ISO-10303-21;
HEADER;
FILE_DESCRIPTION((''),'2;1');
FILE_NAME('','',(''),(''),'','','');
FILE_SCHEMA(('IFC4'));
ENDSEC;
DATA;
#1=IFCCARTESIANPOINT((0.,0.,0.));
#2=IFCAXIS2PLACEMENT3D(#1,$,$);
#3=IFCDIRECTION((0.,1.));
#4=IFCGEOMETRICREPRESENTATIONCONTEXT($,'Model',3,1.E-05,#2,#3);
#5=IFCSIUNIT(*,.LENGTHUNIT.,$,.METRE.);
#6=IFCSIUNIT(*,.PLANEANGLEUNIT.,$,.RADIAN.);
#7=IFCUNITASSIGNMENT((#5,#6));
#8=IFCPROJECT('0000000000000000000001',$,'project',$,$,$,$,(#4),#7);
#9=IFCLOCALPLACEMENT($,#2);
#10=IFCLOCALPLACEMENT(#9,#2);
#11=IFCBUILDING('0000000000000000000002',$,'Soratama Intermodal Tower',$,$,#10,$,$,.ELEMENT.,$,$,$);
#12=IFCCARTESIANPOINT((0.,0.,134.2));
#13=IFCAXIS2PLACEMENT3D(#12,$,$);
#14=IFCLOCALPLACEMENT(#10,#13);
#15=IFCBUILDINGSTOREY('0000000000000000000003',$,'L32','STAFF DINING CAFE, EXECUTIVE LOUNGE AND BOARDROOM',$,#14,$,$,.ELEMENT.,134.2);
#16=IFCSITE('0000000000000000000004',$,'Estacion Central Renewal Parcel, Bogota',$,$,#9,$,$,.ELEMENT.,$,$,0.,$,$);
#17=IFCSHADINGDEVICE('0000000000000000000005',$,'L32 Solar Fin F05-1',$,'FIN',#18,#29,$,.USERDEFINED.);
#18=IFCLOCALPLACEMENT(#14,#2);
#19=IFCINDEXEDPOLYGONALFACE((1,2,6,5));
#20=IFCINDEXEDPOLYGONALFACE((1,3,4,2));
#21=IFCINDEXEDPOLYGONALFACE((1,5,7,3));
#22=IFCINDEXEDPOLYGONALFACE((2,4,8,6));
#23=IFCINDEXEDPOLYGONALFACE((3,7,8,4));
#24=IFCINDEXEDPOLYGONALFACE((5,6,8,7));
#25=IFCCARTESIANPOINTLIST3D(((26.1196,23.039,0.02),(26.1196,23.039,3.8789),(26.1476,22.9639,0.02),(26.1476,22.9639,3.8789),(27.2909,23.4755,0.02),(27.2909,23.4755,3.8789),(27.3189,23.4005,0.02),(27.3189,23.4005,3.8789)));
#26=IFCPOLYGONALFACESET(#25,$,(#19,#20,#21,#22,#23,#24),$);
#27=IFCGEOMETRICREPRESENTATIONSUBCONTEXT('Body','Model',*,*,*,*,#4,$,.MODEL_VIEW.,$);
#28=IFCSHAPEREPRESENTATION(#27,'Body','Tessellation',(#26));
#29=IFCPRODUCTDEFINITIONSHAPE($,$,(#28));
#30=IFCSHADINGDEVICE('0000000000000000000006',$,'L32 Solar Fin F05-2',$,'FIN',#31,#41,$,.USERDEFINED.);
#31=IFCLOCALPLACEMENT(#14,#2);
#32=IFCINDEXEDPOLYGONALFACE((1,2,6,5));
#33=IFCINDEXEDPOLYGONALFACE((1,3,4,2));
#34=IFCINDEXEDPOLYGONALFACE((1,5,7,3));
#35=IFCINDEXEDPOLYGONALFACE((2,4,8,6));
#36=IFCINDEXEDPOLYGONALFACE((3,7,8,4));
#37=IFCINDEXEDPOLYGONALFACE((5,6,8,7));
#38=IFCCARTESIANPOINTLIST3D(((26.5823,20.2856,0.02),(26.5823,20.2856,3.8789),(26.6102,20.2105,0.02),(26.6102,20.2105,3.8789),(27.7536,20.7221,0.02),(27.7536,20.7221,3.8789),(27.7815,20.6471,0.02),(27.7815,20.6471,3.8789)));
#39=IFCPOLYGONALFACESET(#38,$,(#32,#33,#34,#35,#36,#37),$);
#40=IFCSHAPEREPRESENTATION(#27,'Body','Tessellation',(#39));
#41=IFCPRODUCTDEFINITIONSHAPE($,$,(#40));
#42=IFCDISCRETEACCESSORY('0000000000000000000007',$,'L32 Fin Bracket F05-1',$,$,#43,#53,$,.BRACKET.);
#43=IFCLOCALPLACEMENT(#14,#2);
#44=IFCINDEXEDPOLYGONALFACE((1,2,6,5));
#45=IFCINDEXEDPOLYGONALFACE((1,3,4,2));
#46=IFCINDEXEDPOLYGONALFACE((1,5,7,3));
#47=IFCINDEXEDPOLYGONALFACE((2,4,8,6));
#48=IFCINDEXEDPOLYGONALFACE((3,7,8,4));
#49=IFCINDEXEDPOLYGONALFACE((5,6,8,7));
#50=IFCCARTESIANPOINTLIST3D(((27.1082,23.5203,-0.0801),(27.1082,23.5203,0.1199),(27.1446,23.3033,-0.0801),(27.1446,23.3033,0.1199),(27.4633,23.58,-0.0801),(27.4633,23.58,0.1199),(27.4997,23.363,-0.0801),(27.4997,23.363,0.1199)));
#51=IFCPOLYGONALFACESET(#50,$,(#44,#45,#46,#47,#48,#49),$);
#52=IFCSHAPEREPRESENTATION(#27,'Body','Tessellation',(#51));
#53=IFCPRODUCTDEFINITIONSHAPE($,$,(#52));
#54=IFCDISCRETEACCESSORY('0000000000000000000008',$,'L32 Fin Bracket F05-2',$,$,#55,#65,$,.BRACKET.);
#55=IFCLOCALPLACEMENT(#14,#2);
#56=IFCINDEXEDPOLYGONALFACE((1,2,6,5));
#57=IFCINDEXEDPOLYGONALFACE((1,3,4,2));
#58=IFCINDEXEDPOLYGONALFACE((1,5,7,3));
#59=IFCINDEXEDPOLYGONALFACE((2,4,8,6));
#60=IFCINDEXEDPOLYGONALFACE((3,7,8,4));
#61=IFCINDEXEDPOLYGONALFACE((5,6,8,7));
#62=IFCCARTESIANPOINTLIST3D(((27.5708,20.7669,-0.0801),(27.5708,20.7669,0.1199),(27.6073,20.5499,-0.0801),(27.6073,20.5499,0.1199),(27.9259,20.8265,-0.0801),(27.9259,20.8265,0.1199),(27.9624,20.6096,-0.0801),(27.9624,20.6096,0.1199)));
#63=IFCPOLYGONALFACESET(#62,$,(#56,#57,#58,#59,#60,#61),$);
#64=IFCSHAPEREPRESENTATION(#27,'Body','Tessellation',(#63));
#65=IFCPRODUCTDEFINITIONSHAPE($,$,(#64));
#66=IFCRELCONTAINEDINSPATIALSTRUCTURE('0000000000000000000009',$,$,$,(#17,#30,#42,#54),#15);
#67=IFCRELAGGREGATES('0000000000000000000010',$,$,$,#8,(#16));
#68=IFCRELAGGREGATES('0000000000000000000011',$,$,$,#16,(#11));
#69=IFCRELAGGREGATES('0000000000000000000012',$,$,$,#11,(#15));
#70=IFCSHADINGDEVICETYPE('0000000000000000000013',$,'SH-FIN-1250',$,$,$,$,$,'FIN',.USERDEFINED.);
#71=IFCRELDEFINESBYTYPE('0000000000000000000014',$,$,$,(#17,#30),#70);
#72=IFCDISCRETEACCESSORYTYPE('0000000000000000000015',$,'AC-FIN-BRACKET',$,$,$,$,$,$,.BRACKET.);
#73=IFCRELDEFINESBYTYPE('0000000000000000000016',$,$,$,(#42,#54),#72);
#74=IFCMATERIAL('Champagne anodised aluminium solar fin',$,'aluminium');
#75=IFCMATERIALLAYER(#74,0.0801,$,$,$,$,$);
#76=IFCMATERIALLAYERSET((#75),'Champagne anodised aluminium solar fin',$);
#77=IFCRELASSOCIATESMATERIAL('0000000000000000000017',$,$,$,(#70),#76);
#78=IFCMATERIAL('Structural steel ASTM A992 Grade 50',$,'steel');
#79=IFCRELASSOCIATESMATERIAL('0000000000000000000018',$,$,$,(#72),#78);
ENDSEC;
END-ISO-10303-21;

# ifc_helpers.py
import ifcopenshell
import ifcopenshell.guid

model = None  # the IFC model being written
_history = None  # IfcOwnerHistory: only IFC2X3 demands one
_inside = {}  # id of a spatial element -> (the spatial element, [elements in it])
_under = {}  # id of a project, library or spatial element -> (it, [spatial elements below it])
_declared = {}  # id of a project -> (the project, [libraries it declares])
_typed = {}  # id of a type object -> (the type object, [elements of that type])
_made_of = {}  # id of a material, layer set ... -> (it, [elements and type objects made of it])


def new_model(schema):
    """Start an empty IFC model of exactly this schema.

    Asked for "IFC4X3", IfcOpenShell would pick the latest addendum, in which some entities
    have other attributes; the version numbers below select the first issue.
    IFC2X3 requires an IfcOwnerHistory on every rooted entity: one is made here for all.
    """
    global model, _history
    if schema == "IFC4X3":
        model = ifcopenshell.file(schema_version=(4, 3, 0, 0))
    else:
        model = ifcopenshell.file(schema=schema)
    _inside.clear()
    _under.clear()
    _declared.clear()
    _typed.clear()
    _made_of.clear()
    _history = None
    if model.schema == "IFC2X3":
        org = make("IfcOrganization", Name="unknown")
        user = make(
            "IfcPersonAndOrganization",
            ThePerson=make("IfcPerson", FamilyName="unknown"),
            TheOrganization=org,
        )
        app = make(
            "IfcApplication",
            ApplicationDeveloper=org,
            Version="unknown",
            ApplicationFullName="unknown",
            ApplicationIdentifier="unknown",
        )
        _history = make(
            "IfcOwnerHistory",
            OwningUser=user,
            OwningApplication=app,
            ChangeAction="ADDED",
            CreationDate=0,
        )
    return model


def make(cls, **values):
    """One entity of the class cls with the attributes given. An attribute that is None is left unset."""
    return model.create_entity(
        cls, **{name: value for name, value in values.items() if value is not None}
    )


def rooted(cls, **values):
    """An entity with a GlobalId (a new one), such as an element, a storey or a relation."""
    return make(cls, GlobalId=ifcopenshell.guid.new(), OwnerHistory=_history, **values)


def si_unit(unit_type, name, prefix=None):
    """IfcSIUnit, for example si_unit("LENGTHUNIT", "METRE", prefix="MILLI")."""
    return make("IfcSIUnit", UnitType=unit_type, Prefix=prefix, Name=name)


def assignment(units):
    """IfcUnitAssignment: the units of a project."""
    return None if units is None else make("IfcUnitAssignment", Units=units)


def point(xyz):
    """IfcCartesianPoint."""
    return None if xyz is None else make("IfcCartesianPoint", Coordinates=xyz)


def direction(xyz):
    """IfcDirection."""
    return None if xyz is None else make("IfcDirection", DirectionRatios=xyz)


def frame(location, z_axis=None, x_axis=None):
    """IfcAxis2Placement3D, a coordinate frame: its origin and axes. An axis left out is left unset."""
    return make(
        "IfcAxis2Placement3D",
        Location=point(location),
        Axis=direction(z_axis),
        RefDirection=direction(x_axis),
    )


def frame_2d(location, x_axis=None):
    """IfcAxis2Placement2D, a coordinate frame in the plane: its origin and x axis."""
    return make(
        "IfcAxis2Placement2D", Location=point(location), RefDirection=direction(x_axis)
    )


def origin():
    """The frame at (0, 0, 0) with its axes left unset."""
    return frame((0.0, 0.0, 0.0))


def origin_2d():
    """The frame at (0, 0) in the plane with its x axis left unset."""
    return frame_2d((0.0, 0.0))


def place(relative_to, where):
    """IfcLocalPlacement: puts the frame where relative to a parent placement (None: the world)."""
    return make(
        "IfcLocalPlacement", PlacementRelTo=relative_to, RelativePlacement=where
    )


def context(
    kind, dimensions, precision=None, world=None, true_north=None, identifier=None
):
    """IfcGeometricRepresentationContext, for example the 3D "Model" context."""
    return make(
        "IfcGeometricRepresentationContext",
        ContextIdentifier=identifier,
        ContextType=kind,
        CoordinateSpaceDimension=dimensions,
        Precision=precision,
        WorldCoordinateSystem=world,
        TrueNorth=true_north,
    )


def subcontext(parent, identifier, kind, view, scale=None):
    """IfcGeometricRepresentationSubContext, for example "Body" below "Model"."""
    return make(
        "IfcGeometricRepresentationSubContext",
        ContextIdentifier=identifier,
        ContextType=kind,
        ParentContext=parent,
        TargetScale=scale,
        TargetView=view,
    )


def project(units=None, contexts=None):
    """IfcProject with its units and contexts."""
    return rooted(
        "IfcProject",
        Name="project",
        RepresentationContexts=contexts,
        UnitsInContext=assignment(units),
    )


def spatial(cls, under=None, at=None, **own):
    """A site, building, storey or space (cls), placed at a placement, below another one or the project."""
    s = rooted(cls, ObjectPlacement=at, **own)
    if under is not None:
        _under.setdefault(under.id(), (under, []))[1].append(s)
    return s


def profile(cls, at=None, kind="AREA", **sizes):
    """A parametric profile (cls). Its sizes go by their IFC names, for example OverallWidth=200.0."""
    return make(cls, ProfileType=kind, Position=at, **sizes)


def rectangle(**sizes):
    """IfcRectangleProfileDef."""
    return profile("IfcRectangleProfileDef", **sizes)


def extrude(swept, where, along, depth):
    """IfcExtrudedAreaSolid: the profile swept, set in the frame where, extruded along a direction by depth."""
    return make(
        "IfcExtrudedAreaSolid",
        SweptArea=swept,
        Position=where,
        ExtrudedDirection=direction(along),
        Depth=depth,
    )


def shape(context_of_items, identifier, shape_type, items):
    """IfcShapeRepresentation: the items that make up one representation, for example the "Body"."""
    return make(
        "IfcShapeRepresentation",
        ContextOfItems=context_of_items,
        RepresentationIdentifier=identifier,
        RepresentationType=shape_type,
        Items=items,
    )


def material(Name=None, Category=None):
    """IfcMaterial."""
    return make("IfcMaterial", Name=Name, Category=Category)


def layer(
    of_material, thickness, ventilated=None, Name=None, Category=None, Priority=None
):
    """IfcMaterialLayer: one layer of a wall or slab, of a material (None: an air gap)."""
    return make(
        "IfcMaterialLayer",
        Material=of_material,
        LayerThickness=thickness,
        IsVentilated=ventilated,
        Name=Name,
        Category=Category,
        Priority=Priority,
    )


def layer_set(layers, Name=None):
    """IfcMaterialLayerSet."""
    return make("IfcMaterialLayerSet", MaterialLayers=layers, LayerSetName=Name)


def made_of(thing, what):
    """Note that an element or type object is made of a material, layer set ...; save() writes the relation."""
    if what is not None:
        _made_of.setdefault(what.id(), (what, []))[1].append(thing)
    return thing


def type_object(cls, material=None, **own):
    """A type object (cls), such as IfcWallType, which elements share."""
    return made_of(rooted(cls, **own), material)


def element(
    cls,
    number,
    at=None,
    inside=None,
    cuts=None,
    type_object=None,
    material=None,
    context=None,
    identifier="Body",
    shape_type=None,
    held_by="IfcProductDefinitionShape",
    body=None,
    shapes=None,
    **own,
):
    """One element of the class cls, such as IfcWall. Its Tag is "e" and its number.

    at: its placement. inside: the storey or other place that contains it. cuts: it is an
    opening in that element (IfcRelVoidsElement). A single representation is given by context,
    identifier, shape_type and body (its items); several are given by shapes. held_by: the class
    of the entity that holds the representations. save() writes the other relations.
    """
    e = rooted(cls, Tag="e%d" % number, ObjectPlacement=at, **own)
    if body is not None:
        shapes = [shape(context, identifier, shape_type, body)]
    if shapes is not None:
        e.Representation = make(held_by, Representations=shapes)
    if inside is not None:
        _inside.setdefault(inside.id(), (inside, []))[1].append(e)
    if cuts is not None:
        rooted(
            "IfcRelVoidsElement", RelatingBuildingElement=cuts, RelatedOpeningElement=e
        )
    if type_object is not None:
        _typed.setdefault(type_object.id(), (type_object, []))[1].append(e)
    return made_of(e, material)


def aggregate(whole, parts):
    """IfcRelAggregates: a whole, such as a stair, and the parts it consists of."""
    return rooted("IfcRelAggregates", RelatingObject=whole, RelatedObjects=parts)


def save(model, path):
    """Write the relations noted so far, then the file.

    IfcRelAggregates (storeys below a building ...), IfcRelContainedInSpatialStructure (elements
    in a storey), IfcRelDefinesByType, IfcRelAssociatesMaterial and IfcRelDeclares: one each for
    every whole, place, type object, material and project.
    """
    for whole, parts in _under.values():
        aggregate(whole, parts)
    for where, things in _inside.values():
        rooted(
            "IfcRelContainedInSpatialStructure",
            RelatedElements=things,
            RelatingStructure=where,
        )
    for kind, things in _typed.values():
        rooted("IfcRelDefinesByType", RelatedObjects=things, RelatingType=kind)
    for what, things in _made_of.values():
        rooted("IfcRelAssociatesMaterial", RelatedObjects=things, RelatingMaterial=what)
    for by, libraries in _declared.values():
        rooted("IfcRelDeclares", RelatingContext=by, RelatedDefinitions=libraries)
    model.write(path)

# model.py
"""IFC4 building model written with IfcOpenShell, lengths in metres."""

from ifc_helpers import new_model, si_unit, direction, frame, origin, origin_2d, place, context, subcontext, project, spatial, rectangle, extrude, material, layer, layer_set, type_object, element, save


model = new_model("IFC4")

# Units and contexts
model_context = context("Model", 3, precision=1e-05, world=origin(), true_north=direction((0.0, 1.0)))
body_context = subcontext(model_context, "Body", "Model", "MODEL_VIEW")
ifc_project = project(units=[si_unit("LENGTHUNIT", "METRE"), si_unit("PLANEANGLEUNIT", "RADIAN")], contexts=[model_context])

# Site, building, storey
site_placement = place(None, origin())
site = spatial("IfcSite", under=ifc_project, at=site_placement, Name="Estacion Central Renewal Parcel, Bogota", CompositionType="ELEMENT", RefElevation=0.0)
building_placement = place(site_placement, origin())
building = spatial("IfcBuilding", under=site, at=building_placement, Name="Soratama Intermodal Tower", CompositionType="ELEMENT")
storey_placement = place(building_placement, frame((0.0, 0.0, 134.2)))
storey = spatial("IfcBuildingStorey", under=building, at=storey_placement, Name="L32", Description="STAFF DINING CAFE, EXECUTIVE LOUNGE AND BOARDROOM", CompositionType="ELEMENT", Elevation=134.2)

# Shading devices
ifc_material_1 = material(Name="Champagne anodised aluminium solar fin", Category="aluminium")
ifc_layer_1 = layer(ifc_material_1, 0.0801)
ifc_layer_set_1 = layer_set([ifc_layer_1], Name="Champagne anodised aluminium solar fin")
shading_device_type = type_object("IfcShadingDeviceType", Name="SH-FIN-1250", ElementType="FIN", PredefinedType="USERDEFINED", material=ifc_layer_set_1)
for number, where, z_axis, x_axis, name in (
    (1, (26.7192, 23.2197, 0.02), (0.0, 0.0, 1.0), (-0.937038, -0.349226, 0.0), "L32 Solar Fin F05-1"),
    (2, (27.1819, 20.4663, 0.02), (0.0, 0.0, 1.0), (-0.937038, -0.349226, 0.0), "L32 Solar Fin F05-2"),
):
    element("IfcShadingDevice", number, at=place(storey_placement, frame(where, z_axis=z_axis, x_axis=x_axis)), inside=storey, type_object=shading_device_type, Name=name, ObjectType="FIN", PredefinedType="USERDEFINED", context=body_context, shape_type="SweptSolid", body=[
        extrude(rectangle(XDim=1.25, YDim=0.0801, at=origin_2d()), origin(), (0.0, 0.0, 1.0), 3.8589),
    ])

# Discrete accessories
ifc_material_2 = material(Name="Structural steel ASTM A992 Grade 50", Category="steel")
discrete_accessory_type = type_object("IfcDiscreteAccessoryType", Name="AC-FIN-BRACKET", PredefinedType="BRACKET", material=ifc_material_2)
for number, where, z_axis, x_axis, name in (
    (3, (27.304, 23.4417, -0.0801), (0.0, 0.0, 1.0), (-0.98617, -0.165736, 0.0), "L32 Fin Bracket F05-1"),
    (4, (27.7666, 20.6882, -0.0801), (0.0, 0.0, 1.0), (-0.98617, -0.165736, 0.0), "L32 Fin Bracket F05-2"),
):
    element("IfcDiscreteAccessory", number, at=place(storey_placement, frame(where, z_axis=z_axis, x_axis=x_axis)), inside=storey, type_object=discrete_accessory_type, Name=name, PredefinedType="BRACKET", context=body_context, shape_type="SweptSolid", body=[
        extrude(rectangle(XDim=0.3601, YDim=0.22, at=origin_2d()), origin(), (0.0, 0.0, 1.0), 0.2),
    ])

save(model, "model.ifc")
